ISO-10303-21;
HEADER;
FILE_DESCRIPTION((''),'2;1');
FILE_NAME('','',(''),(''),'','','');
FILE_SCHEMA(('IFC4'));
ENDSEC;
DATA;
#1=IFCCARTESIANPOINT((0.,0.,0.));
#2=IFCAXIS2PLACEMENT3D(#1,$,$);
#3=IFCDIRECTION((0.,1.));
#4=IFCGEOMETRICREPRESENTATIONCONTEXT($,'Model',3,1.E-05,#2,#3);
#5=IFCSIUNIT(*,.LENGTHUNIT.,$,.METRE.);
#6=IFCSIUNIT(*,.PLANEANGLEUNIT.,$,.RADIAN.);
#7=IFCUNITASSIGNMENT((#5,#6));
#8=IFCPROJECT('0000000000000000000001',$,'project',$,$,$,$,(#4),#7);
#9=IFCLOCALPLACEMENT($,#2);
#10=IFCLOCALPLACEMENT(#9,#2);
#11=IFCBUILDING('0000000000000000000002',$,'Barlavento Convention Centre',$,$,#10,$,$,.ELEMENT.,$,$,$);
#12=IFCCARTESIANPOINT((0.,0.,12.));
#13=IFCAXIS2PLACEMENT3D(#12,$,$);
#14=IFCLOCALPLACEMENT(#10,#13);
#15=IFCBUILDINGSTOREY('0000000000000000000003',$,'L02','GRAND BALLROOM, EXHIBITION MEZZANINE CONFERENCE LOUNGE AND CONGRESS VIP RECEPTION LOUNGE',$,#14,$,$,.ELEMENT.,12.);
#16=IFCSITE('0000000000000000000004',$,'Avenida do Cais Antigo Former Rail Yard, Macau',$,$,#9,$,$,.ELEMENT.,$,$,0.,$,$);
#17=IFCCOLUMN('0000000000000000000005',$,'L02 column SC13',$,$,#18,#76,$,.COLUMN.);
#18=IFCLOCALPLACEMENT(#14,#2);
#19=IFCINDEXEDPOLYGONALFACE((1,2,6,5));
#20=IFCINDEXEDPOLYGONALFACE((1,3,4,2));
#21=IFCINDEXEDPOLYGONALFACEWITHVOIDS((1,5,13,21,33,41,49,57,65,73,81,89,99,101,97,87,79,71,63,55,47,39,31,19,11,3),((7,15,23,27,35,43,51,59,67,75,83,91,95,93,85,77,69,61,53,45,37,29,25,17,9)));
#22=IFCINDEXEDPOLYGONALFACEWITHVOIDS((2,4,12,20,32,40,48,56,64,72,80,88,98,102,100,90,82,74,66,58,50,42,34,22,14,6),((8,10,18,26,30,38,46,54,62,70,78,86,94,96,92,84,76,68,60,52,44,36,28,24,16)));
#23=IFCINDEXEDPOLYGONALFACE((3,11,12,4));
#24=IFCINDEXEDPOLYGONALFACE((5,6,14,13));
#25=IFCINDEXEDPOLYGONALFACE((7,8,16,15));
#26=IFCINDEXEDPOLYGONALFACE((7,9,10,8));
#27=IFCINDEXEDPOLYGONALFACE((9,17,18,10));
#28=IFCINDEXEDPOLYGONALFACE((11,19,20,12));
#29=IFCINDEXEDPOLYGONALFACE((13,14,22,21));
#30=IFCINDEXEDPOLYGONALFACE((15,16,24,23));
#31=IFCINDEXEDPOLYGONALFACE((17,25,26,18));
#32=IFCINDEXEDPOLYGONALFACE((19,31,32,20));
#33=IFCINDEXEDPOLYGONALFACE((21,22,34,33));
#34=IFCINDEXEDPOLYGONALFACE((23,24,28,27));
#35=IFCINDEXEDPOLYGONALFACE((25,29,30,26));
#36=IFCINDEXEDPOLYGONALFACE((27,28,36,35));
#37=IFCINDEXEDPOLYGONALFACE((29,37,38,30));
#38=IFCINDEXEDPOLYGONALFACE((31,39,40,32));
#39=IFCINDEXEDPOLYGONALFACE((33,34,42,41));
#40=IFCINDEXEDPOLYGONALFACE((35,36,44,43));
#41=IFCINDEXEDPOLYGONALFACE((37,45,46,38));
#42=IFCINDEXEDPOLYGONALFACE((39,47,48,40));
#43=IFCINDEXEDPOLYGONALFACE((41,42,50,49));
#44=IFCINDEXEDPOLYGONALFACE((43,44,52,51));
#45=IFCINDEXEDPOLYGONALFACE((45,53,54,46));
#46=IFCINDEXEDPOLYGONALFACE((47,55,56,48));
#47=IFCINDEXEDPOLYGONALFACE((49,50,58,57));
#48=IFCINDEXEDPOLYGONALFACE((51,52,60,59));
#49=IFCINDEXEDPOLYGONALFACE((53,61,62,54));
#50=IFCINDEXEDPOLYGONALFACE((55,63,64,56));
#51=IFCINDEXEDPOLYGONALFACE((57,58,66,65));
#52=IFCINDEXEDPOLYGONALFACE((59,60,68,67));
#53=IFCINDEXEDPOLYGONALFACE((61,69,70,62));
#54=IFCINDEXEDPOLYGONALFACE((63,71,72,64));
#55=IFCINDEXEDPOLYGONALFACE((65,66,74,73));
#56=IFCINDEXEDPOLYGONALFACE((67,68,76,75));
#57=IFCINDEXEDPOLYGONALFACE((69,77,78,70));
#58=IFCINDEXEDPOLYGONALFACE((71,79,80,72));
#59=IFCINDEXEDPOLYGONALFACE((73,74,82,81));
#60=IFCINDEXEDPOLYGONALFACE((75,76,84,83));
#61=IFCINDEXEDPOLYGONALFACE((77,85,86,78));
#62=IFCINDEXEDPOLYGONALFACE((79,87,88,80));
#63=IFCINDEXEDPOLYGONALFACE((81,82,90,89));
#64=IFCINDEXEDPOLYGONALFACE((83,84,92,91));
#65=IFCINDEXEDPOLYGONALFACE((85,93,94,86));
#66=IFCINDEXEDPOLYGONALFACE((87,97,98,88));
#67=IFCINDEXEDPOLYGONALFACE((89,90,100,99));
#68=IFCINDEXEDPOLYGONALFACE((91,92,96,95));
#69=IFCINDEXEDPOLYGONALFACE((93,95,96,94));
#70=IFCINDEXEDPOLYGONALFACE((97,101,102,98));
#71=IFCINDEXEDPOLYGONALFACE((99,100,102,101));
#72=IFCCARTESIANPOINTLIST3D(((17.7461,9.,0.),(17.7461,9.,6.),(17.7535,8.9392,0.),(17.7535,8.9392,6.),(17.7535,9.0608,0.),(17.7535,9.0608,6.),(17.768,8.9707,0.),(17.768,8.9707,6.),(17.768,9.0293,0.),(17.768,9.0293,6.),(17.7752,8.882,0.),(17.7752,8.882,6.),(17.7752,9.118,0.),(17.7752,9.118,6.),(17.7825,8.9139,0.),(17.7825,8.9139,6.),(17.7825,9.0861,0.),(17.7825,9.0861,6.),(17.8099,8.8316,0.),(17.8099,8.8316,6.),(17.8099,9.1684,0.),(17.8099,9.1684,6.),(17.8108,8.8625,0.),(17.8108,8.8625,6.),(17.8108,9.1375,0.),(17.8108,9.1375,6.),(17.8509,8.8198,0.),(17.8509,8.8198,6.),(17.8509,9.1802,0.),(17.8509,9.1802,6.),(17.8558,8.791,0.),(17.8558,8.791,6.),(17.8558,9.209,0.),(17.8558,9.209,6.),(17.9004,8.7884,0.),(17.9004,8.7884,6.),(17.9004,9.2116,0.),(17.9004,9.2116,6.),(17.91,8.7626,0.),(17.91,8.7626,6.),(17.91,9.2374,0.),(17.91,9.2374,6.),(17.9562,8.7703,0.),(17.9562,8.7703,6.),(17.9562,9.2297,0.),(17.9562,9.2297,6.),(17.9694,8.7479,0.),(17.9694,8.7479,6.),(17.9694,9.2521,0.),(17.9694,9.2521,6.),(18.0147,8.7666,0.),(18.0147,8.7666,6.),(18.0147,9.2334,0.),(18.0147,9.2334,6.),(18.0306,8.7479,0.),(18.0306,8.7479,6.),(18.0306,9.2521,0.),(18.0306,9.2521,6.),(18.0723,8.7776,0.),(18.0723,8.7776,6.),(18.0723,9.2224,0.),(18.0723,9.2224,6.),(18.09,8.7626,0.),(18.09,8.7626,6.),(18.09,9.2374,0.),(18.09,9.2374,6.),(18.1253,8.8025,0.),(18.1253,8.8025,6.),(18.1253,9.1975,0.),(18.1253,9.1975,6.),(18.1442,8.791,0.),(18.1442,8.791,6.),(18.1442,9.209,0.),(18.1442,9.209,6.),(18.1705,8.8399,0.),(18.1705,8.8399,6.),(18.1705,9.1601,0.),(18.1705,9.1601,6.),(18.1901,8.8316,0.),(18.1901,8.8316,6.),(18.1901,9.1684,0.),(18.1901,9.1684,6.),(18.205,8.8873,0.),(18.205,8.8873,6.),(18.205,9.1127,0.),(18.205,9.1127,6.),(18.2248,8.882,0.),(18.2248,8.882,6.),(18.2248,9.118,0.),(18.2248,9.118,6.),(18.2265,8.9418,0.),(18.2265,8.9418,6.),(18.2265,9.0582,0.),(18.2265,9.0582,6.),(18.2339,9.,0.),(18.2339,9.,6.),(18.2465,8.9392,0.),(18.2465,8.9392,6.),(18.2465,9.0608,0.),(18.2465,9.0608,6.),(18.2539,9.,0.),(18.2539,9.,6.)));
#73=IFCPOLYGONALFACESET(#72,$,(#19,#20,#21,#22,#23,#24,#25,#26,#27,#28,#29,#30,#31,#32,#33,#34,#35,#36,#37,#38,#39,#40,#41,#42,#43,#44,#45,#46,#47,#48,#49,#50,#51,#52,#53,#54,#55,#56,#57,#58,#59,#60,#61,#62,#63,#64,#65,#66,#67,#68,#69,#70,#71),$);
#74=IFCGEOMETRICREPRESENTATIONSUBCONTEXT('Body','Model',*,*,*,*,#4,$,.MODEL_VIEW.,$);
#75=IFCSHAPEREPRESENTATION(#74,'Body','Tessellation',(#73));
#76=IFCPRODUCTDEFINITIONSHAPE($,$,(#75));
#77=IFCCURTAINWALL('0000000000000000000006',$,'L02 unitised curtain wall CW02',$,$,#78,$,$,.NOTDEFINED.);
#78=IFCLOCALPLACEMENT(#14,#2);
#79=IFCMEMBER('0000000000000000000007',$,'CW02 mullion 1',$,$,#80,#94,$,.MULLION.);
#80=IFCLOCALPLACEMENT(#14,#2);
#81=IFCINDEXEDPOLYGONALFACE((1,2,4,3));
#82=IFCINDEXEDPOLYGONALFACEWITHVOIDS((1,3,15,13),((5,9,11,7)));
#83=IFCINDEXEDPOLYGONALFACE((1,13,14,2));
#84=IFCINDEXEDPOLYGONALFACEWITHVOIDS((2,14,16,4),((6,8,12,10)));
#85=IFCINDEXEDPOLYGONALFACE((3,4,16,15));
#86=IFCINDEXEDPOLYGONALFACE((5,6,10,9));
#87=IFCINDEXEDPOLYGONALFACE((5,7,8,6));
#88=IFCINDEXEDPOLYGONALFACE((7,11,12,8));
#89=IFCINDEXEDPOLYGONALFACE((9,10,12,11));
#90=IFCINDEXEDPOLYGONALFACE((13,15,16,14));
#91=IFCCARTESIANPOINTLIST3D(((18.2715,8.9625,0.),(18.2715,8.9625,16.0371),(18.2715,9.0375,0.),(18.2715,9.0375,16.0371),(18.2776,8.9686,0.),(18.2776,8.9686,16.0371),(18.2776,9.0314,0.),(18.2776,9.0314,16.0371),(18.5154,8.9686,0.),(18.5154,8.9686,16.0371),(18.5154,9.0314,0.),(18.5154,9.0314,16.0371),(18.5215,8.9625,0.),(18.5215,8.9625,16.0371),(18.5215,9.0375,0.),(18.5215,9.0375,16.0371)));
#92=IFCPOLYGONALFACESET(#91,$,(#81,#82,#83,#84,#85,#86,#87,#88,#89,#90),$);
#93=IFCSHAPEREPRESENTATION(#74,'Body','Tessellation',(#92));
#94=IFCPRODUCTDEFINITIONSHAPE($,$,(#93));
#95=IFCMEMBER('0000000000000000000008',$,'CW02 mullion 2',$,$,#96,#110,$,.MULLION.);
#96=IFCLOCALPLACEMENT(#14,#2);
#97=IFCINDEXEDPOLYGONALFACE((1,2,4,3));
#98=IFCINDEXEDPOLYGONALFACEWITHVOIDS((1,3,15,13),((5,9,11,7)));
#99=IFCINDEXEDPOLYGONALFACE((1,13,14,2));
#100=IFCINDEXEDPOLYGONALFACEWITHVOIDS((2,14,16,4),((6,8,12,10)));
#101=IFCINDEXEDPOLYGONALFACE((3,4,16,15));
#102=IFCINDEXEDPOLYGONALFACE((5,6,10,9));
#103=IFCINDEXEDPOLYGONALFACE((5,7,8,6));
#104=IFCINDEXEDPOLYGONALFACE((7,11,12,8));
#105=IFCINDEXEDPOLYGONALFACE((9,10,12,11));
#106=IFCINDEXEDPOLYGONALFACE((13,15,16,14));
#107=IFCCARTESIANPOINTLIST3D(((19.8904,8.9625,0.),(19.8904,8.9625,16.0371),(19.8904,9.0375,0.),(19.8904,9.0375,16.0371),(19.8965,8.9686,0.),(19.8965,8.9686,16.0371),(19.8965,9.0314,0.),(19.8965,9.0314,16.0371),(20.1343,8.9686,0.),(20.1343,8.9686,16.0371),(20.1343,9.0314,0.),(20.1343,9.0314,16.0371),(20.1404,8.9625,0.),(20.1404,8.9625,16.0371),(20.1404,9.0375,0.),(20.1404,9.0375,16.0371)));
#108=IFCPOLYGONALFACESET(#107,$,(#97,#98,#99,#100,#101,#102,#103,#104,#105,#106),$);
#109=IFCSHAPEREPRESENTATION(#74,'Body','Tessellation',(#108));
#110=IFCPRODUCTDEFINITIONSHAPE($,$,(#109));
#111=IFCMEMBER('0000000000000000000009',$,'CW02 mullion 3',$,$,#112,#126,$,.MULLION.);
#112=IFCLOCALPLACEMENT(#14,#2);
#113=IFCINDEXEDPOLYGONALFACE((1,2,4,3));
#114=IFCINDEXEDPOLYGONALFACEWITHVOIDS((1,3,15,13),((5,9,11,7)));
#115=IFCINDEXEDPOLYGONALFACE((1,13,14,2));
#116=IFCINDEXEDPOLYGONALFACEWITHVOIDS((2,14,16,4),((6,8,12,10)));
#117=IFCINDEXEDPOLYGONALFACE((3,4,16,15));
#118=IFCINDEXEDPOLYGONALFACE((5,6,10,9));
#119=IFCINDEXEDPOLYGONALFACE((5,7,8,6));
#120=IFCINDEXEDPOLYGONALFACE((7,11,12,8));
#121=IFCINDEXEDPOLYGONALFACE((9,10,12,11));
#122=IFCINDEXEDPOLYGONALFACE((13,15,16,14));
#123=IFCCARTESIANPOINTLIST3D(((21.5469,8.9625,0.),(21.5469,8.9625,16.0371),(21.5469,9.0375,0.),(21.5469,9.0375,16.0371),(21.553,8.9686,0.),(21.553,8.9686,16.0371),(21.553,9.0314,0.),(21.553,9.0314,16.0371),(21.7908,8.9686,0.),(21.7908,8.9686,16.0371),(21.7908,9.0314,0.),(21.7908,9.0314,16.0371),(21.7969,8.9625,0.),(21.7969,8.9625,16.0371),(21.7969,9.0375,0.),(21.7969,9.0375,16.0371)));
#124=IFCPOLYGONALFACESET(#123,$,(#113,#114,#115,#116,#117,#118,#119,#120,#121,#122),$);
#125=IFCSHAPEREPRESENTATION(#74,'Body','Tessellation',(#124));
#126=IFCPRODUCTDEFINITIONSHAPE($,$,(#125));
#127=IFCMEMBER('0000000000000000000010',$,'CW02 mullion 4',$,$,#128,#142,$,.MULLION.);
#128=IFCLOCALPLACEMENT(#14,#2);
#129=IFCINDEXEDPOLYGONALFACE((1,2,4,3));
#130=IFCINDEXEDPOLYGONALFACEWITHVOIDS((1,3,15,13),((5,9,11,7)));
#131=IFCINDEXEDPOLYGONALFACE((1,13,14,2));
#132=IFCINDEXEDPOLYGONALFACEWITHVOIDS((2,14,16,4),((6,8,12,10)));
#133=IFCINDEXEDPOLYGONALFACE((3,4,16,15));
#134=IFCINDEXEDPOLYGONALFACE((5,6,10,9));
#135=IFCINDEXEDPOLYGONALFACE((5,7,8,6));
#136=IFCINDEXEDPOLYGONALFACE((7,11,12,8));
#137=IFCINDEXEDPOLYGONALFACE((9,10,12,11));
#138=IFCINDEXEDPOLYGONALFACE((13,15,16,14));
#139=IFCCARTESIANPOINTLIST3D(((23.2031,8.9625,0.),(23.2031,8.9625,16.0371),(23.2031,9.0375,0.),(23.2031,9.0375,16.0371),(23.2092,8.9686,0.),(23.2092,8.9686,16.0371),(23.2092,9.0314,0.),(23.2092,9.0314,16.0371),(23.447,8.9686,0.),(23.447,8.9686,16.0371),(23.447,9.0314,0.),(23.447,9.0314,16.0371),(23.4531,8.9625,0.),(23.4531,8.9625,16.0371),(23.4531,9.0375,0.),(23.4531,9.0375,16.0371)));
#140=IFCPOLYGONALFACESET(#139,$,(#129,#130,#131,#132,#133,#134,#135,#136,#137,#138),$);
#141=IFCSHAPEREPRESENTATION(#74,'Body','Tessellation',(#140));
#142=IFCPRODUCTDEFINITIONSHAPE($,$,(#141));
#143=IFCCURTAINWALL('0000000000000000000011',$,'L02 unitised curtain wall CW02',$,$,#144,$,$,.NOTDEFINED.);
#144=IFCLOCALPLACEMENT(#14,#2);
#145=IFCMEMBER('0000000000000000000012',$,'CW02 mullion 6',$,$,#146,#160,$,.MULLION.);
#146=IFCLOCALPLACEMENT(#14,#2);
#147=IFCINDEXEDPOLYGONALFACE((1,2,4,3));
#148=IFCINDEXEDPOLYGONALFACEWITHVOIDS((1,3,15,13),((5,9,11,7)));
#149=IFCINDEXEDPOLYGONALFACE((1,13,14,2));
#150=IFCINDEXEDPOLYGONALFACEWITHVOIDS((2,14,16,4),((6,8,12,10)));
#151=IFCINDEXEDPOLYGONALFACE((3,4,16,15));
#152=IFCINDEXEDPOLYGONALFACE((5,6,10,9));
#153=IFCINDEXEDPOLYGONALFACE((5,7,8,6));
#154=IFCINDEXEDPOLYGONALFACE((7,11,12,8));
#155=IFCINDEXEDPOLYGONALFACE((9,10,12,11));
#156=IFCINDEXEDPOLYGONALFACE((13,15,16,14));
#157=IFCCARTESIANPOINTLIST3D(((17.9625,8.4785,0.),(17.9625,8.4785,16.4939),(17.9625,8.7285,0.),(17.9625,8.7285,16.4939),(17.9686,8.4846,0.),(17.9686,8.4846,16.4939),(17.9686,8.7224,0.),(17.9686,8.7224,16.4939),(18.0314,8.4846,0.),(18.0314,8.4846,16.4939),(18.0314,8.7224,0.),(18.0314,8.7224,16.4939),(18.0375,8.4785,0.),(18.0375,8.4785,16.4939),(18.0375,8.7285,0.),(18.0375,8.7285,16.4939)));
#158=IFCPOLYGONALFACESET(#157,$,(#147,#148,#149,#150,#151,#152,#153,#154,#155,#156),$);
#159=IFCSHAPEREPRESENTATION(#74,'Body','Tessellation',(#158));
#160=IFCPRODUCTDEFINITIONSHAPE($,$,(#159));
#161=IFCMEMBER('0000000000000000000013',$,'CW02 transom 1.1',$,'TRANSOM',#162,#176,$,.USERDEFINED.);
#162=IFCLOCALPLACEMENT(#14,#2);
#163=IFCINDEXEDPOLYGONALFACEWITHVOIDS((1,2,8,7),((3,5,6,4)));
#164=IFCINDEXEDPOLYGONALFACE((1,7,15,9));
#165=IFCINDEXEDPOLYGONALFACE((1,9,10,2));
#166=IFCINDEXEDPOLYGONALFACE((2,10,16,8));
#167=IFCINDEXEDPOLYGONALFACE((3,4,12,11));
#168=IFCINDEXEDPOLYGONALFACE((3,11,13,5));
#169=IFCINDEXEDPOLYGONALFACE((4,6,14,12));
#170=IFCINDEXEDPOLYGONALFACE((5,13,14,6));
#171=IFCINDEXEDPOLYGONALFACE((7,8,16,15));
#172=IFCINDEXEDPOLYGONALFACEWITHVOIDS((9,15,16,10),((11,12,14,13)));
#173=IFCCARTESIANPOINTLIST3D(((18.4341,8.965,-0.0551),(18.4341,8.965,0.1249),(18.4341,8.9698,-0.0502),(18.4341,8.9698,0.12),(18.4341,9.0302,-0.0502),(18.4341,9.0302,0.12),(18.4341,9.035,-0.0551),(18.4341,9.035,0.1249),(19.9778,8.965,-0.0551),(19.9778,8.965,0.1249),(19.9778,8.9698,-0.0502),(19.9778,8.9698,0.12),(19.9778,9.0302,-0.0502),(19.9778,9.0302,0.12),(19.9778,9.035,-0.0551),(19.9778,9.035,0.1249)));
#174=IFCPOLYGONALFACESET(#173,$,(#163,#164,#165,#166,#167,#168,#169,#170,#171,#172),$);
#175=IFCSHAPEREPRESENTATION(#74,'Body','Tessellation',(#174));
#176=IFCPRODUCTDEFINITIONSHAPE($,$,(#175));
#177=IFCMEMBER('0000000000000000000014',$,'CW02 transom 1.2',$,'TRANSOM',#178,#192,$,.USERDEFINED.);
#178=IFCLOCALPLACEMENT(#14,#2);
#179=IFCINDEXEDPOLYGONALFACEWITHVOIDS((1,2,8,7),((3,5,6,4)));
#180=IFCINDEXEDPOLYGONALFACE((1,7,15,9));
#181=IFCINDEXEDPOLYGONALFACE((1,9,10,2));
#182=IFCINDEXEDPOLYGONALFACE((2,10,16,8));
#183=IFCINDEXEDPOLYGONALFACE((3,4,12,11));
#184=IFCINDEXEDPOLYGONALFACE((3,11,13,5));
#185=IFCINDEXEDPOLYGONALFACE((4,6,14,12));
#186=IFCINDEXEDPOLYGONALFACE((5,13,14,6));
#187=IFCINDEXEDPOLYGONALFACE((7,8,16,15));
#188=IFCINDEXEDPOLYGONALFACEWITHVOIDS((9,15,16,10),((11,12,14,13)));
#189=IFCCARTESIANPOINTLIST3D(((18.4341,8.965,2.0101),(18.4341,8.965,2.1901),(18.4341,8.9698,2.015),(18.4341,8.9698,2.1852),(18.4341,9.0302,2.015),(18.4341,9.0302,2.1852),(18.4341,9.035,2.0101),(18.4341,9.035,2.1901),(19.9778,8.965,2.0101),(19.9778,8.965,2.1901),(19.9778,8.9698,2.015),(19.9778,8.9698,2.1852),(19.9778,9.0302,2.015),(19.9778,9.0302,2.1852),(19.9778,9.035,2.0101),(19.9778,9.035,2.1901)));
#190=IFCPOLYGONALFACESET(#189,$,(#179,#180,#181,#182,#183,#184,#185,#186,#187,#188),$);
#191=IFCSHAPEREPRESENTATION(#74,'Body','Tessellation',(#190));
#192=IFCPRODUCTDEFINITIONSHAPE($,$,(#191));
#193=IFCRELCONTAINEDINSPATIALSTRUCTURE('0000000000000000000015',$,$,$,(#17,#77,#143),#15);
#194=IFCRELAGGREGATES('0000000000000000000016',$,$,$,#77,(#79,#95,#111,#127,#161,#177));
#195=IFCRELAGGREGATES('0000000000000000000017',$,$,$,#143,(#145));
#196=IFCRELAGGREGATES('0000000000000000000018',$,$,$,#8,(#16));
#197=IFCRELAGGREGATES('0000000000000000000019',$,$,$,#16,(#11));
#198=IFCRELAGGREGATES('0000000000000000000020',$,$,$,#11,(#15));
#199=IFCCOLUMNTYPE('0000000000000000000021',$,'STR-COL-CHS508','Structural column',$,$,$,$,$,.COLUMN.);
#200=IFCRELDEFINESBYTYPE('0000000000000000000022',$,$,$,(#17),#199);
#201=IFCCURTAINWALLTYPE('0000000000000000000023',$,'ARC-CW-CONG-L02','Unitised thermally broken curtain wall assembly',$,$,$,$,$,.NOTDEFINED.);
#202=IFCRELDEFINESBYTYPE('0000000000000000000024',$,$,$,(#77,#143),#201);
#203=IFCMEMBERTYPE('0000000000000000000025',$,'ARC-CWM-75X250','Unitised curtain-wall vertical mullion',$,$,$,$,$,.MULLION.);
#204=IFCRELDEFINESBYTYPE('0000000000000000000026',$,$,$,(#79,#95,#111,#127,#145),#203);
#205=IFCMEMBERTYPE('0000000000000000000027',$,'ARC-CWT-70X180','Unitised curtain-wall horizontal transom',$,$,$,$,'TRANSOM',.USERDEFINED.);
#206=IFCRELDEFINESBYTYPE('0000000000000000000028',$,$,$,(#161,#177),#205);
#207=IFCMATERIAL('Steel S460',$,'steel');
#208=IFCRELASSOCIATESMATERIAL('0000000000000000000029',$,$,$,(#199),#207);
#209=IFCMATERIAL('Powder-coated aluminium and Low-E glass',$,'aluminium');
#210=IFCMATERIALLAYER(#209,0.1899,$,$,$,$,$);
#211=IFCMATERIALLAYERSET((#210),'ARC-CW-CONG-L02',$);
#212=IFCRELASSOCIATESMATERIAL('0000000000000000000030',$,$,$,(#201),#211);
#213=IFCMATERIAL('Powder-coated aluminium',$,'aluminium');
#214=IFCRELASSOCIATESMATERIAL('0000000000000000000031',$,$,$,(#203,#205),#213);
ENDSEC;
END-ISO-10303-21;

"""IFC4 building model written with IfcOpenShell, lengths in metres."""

from ifc_helpers import new_model, si_unit, direction, frame, origin, origin_2d, place, context, subcontext, project, spatial, hollow_rectangle, hollow_circle, extrude, material, layer, layer_set, material_profile, profile_set, type_object, element, aggregate, save


model = new_model("IFC4")

# Units and contexts
model_context = context("Model", 3, precision=1e-05, world=origin(), true_north=direction((0.0, 1.0)))
body_context = subcontext(model_context, "Body", "Model", "MODEL_VIEW")
ifc_project = project(units=[si_unit("LENGTHUNIT", "METRE"), si_unit("PLANEANGLEUNIT", "RADIAN")], contexts=[model_context])

# Site, building, storey
site_placement = place(None, origin())
site = spatial("IfcSite", under=ifc_project, at=site_placement, Name="Avenida do Cais Antigo Former Rail Yard, Macau", CompositionType="ELEMENT", RefElevation=0.0)
building_placement = place(site_placement, origin())
building = spatial("IfcBuilding", under=site, at=building_placement, Name="Barlavento Convention Centre", CompositionType="ELEMENT")
storey_placement = place(building_placement, frame((0.0, 0.0, 12.0)))
storey = spatial("IfcBuildingStorey", under=building, at=storey_placement, Name="L02", Description="GRAND BALLROOM, EXHIBITION MEZZANINE CONFERENCE LOUNGE AND CONGRESS VIP RECEPTION LOUNGE", CompositionType="ELEMENT", Elevation=12.0)

# Column
ifc_material_1 = material(Name="Steel S460", Category="steel")
ifc_material_profile_1 = material_profile(ifc_material_1, hollow_circle(Radius=0.2539, WallThickness=0.02, at=origin_2d()), Name="CHS 508.0x20.0")
ifc_profile_set_1 = profile_set([ifc_material_profile_1], Name="Steel S460")
column_type = type_object("IfcColumnType", Name="STR-COL-CHS508", Description="Structural column", PredefinedType="COLUMN", material=ifc_profile_set_1)
column_placement = place(storey_placement, frame((18.0, 9.0, 0.0), z_axis=(0.0, 0.0, 1.0), x_axis=(1.0, 0.0, 0.0)))
element("IfcColumn", 1, at=column_placement, inside=storey, type_object=column_type, Name="L02 column SC13", PredefinedType="COLUMN", context=body_context, shape_type="SweptSolid", body=[
    extrude(hollow_circle(Radius=0.2539, WallThickness=0.02, at=origin_2d()), origin(), (0.0, 0.0, 1.0), 6.0),
])

# Curtain wall, members
ifc_material_2 = material(Name="Powder-coated aluminium and Low-E glass", Category="aluminium")
ifc_layer_1 = layer(ifc_material_2, 0.1899)
ifc_layer_set_1 = layer_set([ifc_layer_1], Name="ARC-CW-CONG-L02")
curtain_wall_type = type_object("IfcCurtainWallType", Name="ARC-CW-CONG-L02", Description="Unitised thermally broken curtain wall assembly", PredefinedType="NOTDEFINED", material=ifc_layer_set_1)
curtain_wall_1_placement = place(storey_placement, origin())
curtain_wall_1 = element("IfcCurtainWall", 2, at=curtain_wall_1_placement, inside=storey, type_object=curtain_wall_type, Name="L02 unitised curtain wall CW02", PredefinedType="NOTDEFINED")
ifc_material_3 = material(Name="Powder-coated aluminium", Category="aluminium")
ifc_material_profile_2 = material_profile(ifc_material_3, hollow_rectangle(XDim=0.075, YDim=0.25, WallThickness=0.0061, at=origin_2d()), Name="AL-MULL 75x250x6")
ifc_profile_set_2 = profile_set([ifc_material_profile_2], Name="Powder-coated aluminium")
member_type_1 = type_object("IfcMemberType", Name="ARC-CWM-75X250", Description="Unitised curtain-wall vertical mullion", PredefinedType="MULLION", material=ifc_profile_set_2)
member_1_placement = place(storey_placement, frame((18.3965, 9.0, 0.0), z_axis=(0.0, 0.0, 1.0), x_axis=(0.0, 1.0, 0.0)))
member_1 = element("IfcMember", 3, at=member_1_placement, type_object=member_type_1, Name="CW02 mullion 1", PredefinedType="MULLION", context=body_context, shape_type="SweptSolid", body=[
    extrude(hollow_rectangle(XDim=0.075, YDim=0.25, WallThickness=0.0061, at=origin_2d()), origin(), (0.0, 0.0, 1.0), 16.0371),
])
member_2_placement = place(storey_placement, frame((20.0154, 9.0, 0.0), z_axis=(0.0, 0.0, 1.0), x_axis=(0.0, 1.0, 0.0)))
member_2 = element("IfcMember", 4, at=member_2_placement, type_object=member_type_1, Name="CW02 mullion 2", PredefinedType="MULLION", context=body_context, shape_type="SweptSolid", body=[
    extrude(hollow_rectangle(XDim=0.075, YDim=0.25, WallThickness=0.0061, at=origin_2d()), origin(), (0.0, 0.0, 1.0), 16.0371),
])
member_3_placement = place(storey_placement, frame((21.6719, 9.0, 0.0), z_axis=(0.0, 0.0, 1.0), x_axis=(0.0, 1.0, 0.0)))
member_3 = element("IfcMember", 5, at=member_3_placement, type_object=member_type_1, Name="CW02 mullion 3", PredefinedType="MULLION", context=body_context, shape_type="SweptSolid", body=[
    extrude(hollow_rectangle(XDim=0.075, YDim=0.25, WallThickness=0.0061, at=origin_2d()), origin(), (0.0, 0.0, 1.0), 16.0371),
])
member_4_placement = place(storey_placement, frame((23.3281, 9.0, 0.0), z_axis=(0.0, 0.0, 1.0), x_axis=(0.0, 1.0, 0.0)))
member_4 = element("IfcMember", 6, at=member_4_placement, type_object=member_type_1, Name="CW02 mullion 4", PredefinedType="MULLION", context=body_context, shape_type="SweptSolid", body=[
    extrude(hollow_rectangle(XDim=0.075, YDim=0.25, WallThickness=0.0061, at=origin_2d()), origin(), (0.0, 0.0, 1.0), 16.0371),
])

# Curtain wall, member
curtain_wall_2_placement = place(storey_placement, origin())
curtain_wall_2 = element("IfcCurtainWall", 7, at=curtain_wall_2_placement, inside=storey, type_object=curtain_wall_type, Name="L02 unitised curtain wall CW02", PredefinedType="NOTDEFINED")
member_5_placement = place(storey_placement, frame((18.0, 8.6035, 0.0), z_axis=(0.0, 0.0, 1.0), x_axis=(-1.0, 0.0, 0.0)))
member_5 = element("IfcMember", 8, at=member_5_placement, type_object=member_type_1, Name="CW02 mullion 6", PredefinedType="MULLION", context=body_context, shape_type="SweptSolid", body=[
    extrude(hollow_rectangle(XDim=0.075, YDim=0.25, WallThickness=0.0061, at=origin_2d()), origin(), (0.0, 0.0, 1.0), 16.4939),
])

# Members
ifc_material_profile_3 = material_profile(ifc_material_3, hollow_rectangle(XDim=0.0701, YDim=0.1799, WallThickness=0.0049, at=origin_2d()), Name="AL-TRAN 70x180x5")
ifc_profile_set_3 = profile_set([ifc_material_profile_3], Name="Powder-coated aluminium")
member_type_2 = type_object("IfcMemberType", Name="ARC-CWT-70X180", Description="Unitised curtain-wall horizontal transom", ElementType="TRANSOM", PredefinedType="USERDEFINED", material=ifc_profile_set_3)
member_6_placement = place(storey_placement, frame((18.4341, 9.0, 0.0349), z_axis=(1.0, 0.0, 0.0), x_axis=(0.0, 1.0, 0.0)))
member_6 = element("IfcMember", 9, at=member_6_placement, type_object=member_type_2, Name="CW02 transom 1.1", ObjectType="TRANSOM", PredefinedType="USERDEFINED", context=body_context, shape_type="SweptSolid", body=[
    extrude(hollow_rectangle(XDim=0.0701, YDim=0.1799, WallThickness=0.0049, at=origin_2d()), origin(), (0.0, 0.0, 1.0), 1.5437),
])
member_7_placement = place(storey_placement, frame((18.4341, 9.0, 2.1001), z_axis=(1.0, 0.0, 0.0), x_axis=(0.0, 1.0, 0.0)))
member_7 = element("IfcMember", 10, at=member_7_placement, type_object=member_type_2, Name="CW02 transom 1.2", ObjectType="TRANSOM", PredefinedType="USERDEFINED", context=body_context, shape_type="SweptSolid", body=[
    extrude(hollow_rectangle(XDim=0.0701, YDim=0.1799, WallThickness=0.0049, at=origin_2d()), origin(), (0.0, 0.0, 1.0), 1.5437),
])

aggregate(curtain_wall_1, [member_1, member_2, member_3, member_4, member_6, member_7])
aggregate(curtain_wall_2, [member_5])

save(model, "model.ifc")
